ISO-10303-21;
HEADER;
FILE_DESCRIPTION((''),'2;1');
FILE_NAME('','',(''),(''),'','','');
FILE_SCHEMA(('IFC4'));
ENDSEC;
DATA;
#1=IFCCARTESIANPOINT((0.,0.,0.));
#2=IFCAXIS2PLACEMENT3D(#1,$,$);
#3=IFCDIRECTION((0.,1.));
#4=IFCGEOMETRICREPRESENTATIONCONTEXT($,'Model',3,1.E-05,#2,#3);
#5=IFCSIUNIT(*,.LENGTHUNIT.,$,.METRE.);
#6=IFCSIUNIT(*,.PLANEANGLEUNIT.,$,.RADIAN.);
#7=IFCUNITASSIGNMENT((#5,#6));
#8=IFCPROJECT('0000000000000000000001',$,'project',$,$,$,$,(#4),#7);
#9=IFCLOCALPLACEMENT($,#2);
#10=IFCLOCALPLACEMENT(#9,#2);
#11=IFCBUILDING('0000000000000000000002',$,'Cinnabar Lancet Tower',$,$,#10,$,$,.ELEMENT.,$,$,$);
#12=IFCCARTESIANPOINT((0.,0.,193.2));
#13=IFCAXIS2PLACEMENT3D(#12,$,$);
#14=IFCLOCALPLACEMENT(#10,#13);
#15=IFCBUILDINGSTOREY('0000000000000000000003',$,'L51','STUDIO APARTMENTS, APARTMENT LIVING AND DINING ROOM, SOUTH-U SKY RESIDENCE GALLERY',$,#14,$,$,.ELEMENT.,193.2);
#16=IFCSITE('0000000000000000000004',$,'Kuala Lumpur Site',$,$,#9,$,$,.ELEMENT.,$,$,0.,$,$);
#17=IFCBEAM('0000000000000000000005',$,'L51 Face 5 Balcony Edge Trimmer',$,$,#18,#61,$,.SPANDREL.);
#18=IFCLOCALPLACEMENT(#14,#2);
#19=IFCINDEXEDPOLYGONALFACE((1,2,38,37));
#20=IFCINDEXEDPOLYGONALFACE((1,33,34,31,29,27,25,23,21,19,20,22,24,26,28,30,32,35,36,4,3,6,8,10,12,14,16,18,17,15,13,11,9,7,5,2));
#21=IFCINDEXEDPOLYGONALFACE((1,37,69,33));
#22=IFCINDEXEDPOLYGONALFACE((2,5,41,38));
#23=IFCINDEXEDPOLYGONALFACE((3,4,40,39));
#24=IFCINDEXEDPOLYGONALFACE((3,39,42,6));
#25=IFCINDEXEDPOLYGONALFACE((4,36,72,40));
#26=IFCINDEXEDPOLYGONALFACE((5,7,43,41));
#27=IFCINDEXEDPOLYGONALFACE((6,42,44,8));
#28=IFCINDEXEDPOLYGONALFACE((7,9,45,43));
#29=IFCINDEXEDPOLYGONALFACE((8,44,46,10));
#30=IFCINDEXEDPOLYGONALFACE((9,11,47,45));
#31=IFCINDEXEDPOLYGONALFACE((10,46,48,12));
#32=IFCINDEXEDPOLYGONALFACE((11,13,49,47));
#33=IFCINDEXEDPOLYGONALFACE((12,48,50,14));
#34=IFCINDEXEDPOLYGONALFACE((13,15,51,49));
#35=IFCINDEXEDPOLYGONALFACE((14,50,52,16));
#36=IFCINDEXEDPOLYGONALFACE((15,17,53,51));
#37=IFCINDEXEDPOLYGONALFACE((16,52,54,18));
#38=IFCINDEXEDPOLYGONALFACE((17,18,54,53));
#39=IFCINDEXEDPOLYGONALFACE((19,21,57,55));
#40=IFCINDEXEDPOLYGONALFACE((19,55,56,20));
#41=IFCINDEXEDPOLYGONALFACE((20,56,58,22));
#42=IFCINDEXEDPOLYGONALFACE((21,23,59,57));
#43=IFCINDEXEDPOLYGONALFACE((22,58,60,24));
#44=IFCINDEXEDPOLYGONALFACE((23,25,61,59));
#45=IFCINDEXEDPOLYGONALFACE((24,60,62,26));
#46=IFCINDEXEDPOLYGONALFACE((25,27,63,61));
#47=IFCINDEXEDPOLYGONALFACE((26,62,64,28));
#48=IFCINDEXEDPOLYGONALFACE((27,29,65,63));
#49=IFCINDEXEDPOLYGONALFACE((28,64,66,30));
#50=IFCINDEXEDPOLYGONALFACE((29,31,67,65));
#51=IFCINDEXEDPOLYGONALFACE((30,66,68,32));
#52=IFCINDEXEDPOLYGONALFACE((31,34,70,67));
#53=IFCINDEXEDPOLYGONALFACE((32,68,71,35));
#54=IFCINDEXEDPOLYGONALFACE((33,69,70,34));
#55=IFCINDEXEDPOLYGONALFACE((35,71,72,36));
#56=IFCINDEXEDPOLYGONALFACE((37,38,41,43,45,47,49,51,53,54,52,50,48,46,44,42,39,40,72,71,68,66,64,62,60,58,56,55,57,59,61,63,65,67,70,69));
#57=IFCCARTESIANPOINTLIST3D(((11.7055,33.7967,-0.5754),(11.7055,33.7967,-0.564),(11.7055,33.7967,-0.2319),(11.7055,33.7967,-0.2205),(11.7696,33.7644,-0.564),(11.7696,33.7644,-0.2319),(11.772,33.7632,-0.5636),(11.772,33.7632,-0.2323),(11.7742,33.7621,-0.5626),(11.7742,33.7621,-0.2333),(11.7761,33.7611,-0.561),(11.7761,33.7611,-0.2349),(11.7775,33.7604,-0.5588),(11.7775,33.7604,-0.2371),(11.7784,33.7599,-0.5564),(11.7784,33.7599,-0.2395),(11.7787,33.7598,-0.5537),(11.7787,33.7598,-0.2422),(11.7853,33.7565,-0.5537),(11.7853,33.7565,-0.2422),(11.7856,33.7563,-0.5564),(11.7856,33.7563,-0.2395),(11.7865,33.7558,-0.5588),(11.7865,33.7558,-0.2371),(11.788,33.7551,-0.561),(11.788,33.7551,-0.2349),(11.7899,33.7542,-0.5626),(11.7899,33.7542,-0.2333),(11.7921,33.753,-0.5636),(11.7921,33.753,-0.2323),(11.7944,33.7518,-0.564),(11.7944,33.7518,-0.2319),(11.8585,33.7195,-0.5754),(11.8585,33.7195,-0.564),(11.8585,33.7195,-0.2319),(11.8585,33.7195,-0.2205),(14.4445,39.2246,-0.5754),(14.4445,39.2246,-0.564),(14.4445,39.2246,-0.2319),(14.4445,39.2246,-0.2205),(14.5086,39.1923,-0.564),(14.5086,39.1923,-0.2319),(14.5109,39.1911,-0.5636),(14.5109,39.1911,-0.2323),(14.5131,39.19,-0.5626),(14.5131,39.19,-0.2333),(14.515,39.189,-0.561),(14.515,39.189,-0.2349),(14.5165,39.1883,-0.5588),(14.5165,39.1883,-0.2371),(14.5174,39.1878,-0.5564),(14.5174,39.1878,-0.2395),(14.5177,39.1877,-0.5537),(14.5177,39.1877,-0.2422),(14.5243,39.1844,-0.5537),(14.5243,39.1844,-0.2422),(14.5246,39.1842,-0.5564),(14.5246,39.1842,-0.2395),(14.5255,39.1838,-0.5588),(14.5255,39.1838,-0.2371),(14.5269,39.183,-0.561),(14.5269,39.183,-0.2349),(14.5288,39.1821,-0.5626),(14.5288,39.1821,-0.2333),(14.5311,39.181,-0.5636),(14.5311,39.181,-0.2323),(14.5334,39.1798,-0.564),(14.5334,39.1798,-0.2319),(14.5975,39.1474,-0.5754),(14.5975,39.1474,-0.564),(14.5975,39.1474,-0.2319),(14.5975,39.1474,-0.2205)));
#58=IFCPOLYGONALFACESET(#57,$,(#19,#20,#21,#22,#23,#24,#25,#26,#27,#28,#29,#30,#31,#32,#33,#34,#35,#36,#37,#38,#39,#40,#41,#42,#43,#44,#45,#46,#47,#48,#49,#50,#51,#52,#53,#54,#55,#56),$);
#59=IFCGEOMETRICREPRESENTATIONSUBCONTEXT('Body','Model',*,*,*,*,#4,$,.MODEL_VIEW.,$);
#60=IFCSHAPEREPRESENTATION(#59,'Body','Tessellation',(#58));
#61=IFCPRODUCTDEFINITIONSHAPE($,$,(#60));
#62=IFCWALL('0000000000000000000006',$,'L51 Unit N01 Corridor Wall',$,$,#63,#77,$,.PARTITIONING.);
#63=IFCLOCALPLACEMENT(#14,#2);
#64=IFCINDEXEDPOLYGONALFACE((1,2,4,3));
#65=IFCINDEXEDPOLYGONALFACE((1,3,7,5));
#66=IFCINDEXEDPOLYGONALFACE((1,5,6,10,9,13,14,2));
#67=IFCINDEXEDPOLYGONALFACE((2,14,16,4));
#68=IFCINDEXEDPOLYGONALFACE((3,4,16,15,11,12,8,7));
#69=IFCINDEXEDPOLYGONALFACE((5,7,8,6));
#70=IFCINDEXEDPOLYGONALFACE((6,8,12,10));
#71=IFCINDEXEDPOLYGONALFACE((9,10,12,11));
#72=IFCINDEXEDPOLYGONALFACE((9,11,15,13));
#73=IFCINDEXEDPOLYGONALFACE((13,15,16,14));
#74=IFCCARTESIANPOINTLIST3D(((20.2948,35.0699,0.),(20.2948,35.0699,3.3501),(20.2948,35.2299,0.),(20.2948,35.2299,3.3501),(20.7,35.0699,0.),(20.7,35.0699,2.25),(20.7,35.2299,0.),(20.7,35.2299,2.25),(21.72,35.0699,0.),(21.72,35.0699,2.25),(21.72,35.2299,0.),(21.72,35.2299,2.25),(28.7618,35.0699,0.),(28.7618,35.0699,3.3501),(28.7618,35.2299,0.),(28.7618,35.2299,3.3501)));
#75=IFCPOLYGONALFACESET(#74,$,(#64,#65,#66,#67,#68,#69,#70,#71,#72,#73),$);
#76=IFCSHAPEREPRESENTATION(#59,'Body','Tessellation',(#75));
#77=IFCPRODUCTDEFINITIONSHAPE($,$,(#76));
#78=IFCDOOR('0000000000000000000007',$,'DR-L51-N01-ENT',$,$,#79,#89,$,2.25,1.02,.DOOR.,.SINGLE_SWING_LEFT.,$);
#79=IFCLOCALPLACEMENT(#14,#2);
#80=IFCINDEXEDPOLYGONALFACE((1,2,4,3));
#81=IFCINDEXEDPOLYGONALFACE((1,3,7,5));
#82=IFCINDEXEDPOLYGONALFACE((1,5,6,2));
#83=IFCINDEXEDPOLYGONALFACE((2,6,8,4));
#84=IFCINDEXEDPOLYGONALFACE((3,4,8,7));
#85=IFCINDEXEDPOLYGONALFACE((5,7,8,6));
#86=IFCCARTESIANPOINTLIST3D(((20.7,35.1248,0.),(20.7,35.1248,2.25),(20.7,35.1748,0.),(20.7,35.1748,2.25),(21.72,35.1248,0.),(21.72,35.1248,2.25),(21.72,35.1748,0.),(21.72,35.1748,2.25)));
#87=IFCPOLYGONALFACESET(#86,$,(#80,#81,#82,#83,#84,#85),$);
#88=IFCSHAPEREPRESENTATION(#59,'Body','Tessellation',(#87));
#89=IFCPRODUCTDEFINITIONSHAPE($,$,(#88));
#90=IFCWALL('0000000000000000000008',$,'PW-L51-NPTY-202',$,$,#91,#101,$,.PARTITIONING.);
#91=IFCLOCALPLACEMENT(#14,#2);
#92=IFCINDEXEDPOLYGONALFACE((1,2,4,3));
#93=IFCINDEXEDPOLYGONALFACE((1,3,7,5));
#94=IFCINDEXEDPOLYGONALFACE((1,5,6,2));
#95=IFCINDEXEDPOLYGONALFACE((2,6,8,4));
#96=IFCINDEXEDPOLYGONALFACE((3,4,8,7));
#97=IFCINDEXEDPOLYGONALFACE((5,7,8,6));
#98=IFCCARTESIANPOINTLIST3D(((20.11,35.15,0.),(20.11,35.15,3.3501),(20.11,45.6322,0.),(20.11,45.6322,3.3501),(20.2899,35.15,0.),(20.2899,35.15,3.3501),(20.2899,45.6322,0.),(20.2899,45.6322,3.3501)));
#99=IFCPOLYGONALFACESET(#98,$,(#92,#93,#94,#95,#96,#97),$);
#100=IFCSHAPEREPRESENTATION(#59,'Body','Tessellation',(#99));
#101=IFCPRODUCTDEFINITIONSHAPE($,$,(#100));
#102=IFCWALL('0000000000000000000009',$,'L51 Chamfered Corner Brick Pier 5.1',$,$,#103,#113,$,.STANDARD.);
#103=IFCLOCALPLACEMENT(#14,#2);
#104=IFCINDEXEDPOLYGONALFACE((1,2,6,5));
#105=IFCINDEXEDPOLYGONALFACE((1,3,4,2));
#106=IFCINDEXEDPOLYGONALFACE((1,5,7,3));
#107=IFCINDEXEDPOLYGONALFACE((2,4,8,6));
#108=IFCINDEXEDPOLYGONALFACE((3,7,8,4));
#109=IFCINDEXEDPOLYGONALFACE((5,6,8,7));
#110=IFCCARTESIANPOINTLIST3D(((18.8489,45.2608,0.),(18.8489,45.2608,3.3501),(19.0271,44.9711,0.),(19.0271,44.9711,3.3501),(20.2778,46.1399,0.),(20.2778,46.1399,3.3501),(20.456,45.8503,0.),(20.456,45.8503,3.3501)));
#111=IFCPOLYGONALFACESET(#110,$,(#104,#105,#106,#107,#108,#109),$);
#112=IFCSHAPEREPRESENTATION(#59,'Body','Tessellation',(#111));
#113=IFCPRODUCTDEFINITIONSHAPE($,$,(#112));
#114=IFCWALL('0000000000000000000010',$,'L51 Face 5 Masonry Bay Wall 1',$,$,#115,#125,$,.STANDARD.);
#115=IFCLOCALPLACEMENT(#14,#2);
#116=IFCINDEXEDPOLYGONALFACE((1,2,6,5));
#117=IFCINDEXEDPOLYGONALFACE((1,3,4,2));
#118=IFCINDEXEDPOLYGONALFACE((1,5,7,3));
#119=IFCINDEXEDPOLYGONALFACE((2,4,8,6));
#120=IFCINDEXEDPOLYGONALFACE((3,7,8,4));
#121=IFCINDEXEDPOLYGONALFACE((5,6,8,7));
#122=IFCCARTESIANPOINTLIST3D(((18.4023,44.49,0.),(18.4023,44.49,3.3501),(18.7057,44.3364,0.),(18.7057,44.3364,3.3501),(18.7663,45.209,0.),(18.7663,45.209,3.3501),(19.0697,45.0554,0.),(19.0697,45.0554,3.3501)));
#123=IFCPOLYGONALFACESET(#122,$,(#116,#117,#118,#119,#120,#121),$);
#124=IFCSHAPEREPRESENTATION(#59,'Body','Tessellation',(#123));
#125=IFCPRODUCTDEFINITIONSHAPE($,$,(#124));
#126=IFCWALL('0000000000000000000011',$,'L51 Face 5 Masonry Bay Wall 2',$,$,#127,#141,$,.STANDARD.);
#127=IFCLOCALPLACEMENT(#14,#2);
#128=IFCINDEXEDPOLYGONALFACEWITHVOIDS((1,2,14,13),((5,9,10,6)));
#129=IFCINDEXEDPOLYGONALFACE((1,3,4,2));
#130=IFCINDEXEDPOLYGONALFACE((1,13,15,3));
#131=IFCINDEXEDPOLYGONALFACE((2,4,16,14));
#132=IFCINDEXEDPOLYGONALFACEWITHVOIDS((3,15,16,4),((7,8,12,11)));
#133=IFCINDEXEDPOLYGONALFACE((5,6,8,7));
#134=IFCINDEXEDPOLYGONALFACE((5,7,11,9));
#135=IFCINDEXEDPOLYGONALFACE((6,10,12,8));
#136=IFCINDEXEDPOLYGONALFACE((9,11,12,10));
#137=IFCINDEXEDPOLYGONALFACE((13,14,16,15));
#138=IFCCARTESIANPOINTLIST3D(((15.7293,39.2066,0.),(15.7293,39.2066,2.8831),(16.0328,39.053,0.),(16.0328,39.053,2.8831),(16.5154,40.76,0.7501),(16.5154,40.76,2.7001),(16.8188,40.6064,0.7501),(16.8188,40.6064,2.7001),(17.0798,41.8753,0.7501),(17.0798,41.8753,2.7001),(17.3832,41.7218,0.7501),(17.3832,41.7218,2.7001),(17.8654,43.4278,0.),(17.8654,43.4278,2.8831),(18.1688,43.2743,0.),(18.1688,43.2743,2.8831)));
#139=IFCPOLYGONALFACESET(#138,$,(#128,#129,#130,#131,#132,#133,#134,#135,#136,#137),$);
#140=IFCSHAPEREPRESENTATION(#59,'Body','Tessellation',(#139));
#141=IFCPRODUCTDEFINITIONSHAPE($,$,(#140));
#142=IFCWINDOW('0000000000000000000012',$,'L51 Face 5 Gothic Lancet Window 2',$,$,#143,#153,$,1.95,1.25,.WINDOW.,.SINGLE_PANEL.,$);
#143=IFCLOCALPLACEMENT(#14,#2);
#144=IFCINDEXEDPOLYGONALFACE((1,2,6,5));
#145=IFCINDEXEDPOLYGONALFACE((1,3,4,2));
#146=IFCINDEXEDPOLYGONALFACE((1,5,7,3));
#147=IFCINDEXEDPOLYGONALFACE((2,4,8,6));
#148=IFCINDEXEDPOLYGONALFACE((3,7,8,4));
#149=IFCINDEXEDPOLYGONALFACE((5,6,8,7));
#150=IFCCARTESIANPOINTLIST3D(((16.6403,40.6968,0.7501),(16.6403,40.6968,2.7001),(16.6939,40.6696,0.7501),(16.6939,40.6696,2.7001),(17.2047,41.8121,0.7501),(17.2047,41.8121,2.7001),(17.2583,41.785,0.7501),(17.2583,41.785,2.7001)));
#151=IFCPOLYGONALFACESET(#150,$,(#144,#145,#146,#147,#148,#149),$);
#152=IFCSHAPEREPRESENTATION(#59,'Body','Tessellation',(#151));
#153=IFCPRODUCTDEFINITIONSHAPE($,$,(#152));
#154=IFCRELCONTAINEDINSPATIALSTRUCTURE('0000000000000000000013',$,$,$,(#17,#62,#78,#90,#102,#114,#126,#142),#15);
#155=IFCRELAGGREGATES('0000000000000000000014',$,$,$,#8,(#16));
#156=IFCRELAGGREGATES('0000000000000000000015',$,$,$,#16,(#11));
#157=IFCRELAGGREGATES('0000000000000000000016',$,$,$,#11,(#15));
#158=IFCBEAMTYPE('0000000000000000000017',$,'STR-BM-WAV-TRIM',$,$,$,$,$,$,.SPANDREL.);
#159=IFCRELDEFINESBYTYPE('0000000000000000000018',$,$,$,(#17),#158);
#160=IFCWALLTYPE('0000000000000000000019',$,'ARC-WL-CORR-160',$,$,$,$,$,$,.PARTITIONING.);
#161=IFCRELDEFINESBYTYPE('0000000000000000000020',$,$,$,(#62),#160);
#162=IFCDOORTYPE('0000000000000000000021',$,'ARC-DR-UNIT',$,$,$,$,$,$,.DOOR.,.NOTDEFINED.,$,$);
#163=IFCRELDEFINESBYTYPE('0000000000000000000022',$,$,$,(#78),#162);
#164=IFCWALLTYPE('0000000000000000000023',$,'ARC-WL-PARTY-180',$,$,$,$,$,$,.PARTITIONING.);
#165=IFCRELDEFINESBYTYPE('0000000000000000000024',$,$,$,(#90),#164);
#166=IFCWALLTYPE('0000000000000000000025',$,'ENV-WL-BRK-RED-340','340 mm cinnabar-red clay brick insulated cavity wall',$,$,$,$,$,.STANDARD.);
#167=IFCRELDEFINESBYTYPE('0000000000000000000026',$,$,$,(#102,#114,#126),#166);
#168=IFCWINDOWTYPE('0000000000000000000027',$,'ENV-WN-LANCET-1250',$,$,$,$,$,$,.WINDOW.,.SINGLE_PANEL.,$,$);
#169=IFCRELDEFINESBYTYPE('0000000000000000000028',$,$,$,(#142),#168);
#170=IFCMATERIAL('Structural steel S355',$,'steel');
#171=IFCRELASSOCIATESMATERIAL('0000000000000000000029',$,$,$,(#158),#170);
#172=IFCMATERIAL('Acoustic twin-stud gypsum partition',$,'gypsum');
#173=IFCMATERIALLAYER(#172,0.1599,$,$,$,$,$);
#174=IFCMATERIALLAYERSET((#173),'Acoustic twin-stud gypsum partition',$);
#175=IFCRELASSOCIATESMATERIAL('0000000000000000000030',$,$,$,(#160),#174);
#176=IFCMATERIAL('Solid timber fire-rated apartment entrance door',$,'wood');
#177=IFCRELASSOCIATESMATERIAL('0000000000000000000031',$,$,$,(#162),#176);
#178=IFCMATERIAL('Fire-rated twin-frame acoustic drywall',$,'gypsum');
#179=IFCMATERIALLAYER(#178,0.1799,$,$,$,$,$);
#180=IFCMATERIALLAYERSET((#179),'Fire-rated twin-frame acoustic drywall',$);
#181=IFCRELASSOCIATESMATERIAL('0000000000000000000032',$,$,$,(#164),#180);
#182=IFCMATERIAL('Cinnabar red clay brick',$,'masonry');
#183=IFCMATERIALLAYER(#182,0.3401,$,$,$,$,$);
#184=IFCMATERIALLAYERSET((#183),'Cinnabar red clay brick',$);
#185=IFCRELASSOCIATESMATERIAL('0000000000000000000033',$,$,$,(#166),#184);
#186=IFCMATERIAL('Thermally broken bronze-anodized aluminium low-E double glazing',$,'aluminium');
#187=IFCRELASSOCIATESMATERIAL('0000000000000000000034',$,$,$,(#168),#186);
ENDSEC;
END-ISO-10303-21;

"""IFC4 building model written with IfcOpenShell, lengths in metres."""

from ifc_helpers import new_model, si_unit, direction, frame, frame_2d, origin, origin_2d, place, context, subcontext, project, spatial, rectangle, i_section, extrude, material, layer, layer_set, material_profile, profile_set, type_object, element, fill, save


model = new_model("IFC4")

# Units and contexts
model_context = context("Model", 3, precision=1e-05, world=origin(), true_north=direction((0.0, 1.0)))
body_context = subcontext(model_context, "Body", "Model", "MODEL_VIEW")
ifc_project = project(units=[si_unit("LENGTHUNIT", "METRE"), si_unit("PLANEANGLEUNIT", "RADIAN")], contexts=[model_context])

# Site, building, storey
site_placement = place(None, origin())
site = spatial("IfcSite", under=ifc_project, at=site_placement, Name="Kuala Lumpur Site", CompositionType="ELEMENT", RefElevation=0.0)
building_placement = place(site_placement, origin())
building = spatial("IfcBuilding", under=site, at=building_placement, Name="Cinnabar Lancet Tower", CompositionType="ELEMENT")
storey_placement = place(building_placement, frame((0.0, 0.0, 193.2)))
storey = spatial("IfcBuildingStorey", under=building, at=storey_placement, Name="L51", Description="STUDIO APARTMENTS, APARTMENT LIVING AND DINING ROOM, SOUTH-U SKY RESIDENCE GALLERY", CompositionType="ELEMENT", Elevation=193.2)

# Beam
ifc_material_1 = material(Name="Structural steel S355", Category="steel")
ifc_material_profile_1 = material_profile(ifc_material_1, i_section(OverallWidth=0.1714, OverallDepth=0.355, WebThickness=0.0073, FlangeThickness=0.0115, FilletRadius=0.0103, at=origin_2d()), Name="UKB 356x171x51")
ifc_profile_set_1 = profile_set([ifc_material_profile_1], Name="Structural steel S355")
beam_type_1 = type_object("IfcBeamType", Name="STR-BM-WAV-TRIM", PredefinedType="SPANDREL", material=ifc_profile_set_1)
beam_1_placement = place(storey_placement, frame((14.521, 39.186, -0.3979), z_axis=(-0.450503, -0.892775, 0.0), x_axis=(0.892775, -0.450503, 0.0)))
element("IfcBeam", 1, at=beam_1_placement, inside=storey, type_object=beam_type_1, Name="L51 Face 5 Balcony Edge Trimmer", PredefinedType="SPANDREL", context=body_context, shape_type="SweptSolid", body=[
    extrude(i_section(OverallWidth=0.1714, OverallDepth=0.355, WebThickness=0.0073, FlangeThickness=0.0115, FilletRadius=0.0103, at=origin_2d()), origin(), (0.0, 0.0, 1.0), 6.0798),
])

# Wall, opening, door
ifc_material_2 = material(Name="Acoustic twin-stud gypsum partition", Category="gypsum")
ifc_layer_1 = layer(ifc_material_2, 0.1599)
ifc_layer_set_1 = layer_set([ifc_layer_1], Name="Acoustic twin-stud gypsum partition")
wall_type_1 = type_object("IfcWallType", Name="ARC-WL-CORR-160", PredefinedType="PARTITIONING", material=ifc_layer_set_1)
wall_1_placement = place(storey_placement, frame((20.2949, 35.1499, 0.0), z_axis=(0.0, 0.0, 1.0), x_axis=(1.0, 0.0, 0.0)))
wall_1 = element("IfcWall", 2, at=wall_1_placement, inside=storey, type_object=wall_type_1, Name="L51 Unit N01 Corridor Wall", PredefinedType="PARTITIONING", context=body_context, shape_type="SweptSolid", body=[
    extrude(rectangle(XDim=8.467, YDim=0.1599, at=frame_2d((4.2334, 0.0))), origin(), (0.0, 0.0, 1.0), 3.3501),
])
opening_1_placement = place(wall_1_placement, frame((0.405, 0.0, 0.0)))
opening_1 = element("IfcOpeningElement", 3, at=opening_1_placement, cuts=wall_1, PredefinedType="OPENING", context=body_context, shape_type="SweptSolid", body=[
    extrude(rectangle(XDim=1.02, YDim=2.25, at=frame_2d((0.51, 1.125))), frame((0.0, 0.0898, 0.0), z_axis=(0.0, -1.0, 0.0), x_axis=(1.0, 0.0, 0.0)), (0.0, 0.0, 1.0), 0.1799),
])
ifc_material_3 = material(Name="Solid timber fire-rated apartment entrance door", Category="wood")
door_type_1 = type_object("IfcDoorType", Name="ARC-DR-UNIT", OperationType="NOTDEFINED", PredefinedType="DOOR", material=ifc_material_3)
door_1_placement = place(opening_1_placement, origin())
door_1 = element("IfcDoor", 4, at=door_1_placement, inside=storey, type_object=door_type_1, Name="DR-L51-N01-ENT", OperationType="SINGLE_SWING_LEFT", OverallHeight=2.25, OverallWidth=1.02, PredefinedType="DOOR", context=body_context, shape_type="SweptSolid", body=[
    extrude(rectangle(XDim=1.02, YDim=2.25, at=frame_2d((0.51, 1.125))), frame((0.0, 0.0249, 0.0), z_axis=(0.0, -1.0, 0.0), x_axis=(1.0, 0.0, 0.0)), (0.0, 0.0, 1.0), 0.05),
])
fill(opening_1, door_1)

# Walls
ifc_material_4 = material(Name="Fire-rated twin-frame acoustic drywall", Category="gypsum")
ifc_layer_2 = layer(ifc_material_4, 0.1799)
ifc_layer_set_2 = layer_set([ifc_layer_2], Name="Fire-rated twin-frame acoustic drywall")
wall_type_2 = type_object("IfcWallType", Name="ARC-WL-PARTY-180", PredefinedType="PARTITIONING", material=ifc_layer_set_2)
wall_2_placement = place(storey_placement, frame((20.2, 35.1499, 0.0), z_axis=(0.0, 0.0, 1.0), x_axis=(0.0, 1.0, 0.0)))
element("IfcWall", 5, at=wall_2_placement, inside=storey, type_object=wall_type_2, Name="PW-L51-NPTY-202", PredefinedType="PARTITIONING", context=body_context, shape_type="SweptSolid", body=[
    extrude(rectangle(XDim=10.4822, YDim=0.1799, at=frame_2d((5.2412, 0.0))), origin(), (0.0, 0.0, 1.0), 3.3501),
])
ifc_material_5 = material(Name="Cinnabar red clay brick", Category="masonry")
ifc_layer_3 = layer(ifc_material_5, 0.3401)
ifc_layer_set_3 = layer_set([ifc_layer_3], Name="Cinnabar red clay brick")
wall_type_3 = type_object("IfcWallType", Name="ENV-WL-BRK-RED-340", Description="340 mm cinnabar-red clay brick insulated cavity wall", PredefinedType="STANDARD", material=ifc_layer_set_3)
wall_3_placement = place(storey_placement, frame((20.3669, 45.9951, 0.0), z_axis=(0.0, 0.0, 1.0), x_axis=(-0.851713, -0.524008, 0.0)))
element("IfcWall", 6, at=wall_3_placement, inside=storey, type_object=wall_type_3, Name="L51 Chamfered Corner Brick Pier 5.1", PredefinedType="STANDARD", context=body_context, shape_type="SweptSolid", body=[
    extrude(rectangle(XDim=1.6777, YDim=0.3401, at=frame_2d((0.8389, 0.0))), origin(), (0.0, 0.0, 1.0), 3.3501),
])
wall_4_placement = place(storey_placement, frame((18.918, 45.1321, 0.0), z_axis=(0.0, 0.0, 1.0), x_axis=(-0.451692, -0.892174, 0.0)))
element("IfcWall", 7, at=wall_4_placement, inside=storey, type_object=wall_type_3, Name="L51 Face 5 Masonry Bay Wall 1", PredefinedType="STANDARD", context=body_context, shape_type="SweptSolid", body=[
    extrude(rectangle(XDim=0.8059, YDim=0.3401, at=frame_2d((0.4028, 0.0))), origin(), (0.0, 0.0, 1.0), 3.3501),
])

# Wall, opening, window
wall_5_placement = place(storey_placement, frame((18.0171, 43.3511, 0.0), z_axis=(0.0, 0.0, 1.0), x_axis=(-0.451502, -0.89227, 0.0)))
wall_5 = element("IfcWall", 8, at=wall_5_placement, inside=storey, type_object=wall_type_3, Name="L51 Face 5 Masonry Bay Wall 2", PredefinedType="STANDARD", context=body_context, shape_type="SweptSolid", body=[
    extrude(rectangle(XDim=4.731, YDim=0.3401, at=frame_2d((2.3655, 0.0))), origin(), (0.0, 0.0, 1.0), 2.8831),
])
opening_2_placement = place(wall_5_placement, frame((1.74, 0.0, 0.75)))
opening_2 = element("IfcOpeningElement", 9, at=opening_2_placement, cuts=wall_5, PredefinedType="OPENING", context=body_context, shape_type="SweptSolid", body=[
    extrude(rectangle(XDim=1.25, YDim=1.95, at=frame_2d((0.625, 0.9751))), frame((0.0, 0.1799, 0.0), z_axis=(0.0, -1.0, 0.0), x_axis=(1.0, 0.0, 0.0)), (0.0, 0.0, 1.0), 0.3601),
])
ifc_material_6 = material(Name="Thermally broken bronze-anodized aluminium low-E double glazing", Category="aluminium")
window_type_1 = type_object("IfcWindowType", Name="ENV-WN-LANCET-1250", PartitioningType="SINGLE_PANEL", PredefinedType="WINDOW", material=ifc_material_6)
window_1_placement = place(opening_2_placement, origin())
window_1 = element("IfcWindow", 10, at=window_1_placement, inside=storey, type_object=window_type_1, Name="L51 Face 5 Gothic Lancet Window 2", OverallHeight=1.95, OverallWidth=1.25, PartitioningType="SINGLE_PANEL", PredefinedType="WINDOW", context=body_context, shape_type="SweptSolid", body=[
    extrude(rectangle(XDim=1.25, YDim=1.95, at=frame_2d((0.625, 0.9751))), frame((0.0, 0.03, 0.0), z_axis=(0.0, -1.0, 0.0), x_axis=(1.0, 0.0, 0.0)), (0.0, 0.0, 1.0), 0.0601),
])
fill(opening_2, window_1)

save(model, "model.ifc")
